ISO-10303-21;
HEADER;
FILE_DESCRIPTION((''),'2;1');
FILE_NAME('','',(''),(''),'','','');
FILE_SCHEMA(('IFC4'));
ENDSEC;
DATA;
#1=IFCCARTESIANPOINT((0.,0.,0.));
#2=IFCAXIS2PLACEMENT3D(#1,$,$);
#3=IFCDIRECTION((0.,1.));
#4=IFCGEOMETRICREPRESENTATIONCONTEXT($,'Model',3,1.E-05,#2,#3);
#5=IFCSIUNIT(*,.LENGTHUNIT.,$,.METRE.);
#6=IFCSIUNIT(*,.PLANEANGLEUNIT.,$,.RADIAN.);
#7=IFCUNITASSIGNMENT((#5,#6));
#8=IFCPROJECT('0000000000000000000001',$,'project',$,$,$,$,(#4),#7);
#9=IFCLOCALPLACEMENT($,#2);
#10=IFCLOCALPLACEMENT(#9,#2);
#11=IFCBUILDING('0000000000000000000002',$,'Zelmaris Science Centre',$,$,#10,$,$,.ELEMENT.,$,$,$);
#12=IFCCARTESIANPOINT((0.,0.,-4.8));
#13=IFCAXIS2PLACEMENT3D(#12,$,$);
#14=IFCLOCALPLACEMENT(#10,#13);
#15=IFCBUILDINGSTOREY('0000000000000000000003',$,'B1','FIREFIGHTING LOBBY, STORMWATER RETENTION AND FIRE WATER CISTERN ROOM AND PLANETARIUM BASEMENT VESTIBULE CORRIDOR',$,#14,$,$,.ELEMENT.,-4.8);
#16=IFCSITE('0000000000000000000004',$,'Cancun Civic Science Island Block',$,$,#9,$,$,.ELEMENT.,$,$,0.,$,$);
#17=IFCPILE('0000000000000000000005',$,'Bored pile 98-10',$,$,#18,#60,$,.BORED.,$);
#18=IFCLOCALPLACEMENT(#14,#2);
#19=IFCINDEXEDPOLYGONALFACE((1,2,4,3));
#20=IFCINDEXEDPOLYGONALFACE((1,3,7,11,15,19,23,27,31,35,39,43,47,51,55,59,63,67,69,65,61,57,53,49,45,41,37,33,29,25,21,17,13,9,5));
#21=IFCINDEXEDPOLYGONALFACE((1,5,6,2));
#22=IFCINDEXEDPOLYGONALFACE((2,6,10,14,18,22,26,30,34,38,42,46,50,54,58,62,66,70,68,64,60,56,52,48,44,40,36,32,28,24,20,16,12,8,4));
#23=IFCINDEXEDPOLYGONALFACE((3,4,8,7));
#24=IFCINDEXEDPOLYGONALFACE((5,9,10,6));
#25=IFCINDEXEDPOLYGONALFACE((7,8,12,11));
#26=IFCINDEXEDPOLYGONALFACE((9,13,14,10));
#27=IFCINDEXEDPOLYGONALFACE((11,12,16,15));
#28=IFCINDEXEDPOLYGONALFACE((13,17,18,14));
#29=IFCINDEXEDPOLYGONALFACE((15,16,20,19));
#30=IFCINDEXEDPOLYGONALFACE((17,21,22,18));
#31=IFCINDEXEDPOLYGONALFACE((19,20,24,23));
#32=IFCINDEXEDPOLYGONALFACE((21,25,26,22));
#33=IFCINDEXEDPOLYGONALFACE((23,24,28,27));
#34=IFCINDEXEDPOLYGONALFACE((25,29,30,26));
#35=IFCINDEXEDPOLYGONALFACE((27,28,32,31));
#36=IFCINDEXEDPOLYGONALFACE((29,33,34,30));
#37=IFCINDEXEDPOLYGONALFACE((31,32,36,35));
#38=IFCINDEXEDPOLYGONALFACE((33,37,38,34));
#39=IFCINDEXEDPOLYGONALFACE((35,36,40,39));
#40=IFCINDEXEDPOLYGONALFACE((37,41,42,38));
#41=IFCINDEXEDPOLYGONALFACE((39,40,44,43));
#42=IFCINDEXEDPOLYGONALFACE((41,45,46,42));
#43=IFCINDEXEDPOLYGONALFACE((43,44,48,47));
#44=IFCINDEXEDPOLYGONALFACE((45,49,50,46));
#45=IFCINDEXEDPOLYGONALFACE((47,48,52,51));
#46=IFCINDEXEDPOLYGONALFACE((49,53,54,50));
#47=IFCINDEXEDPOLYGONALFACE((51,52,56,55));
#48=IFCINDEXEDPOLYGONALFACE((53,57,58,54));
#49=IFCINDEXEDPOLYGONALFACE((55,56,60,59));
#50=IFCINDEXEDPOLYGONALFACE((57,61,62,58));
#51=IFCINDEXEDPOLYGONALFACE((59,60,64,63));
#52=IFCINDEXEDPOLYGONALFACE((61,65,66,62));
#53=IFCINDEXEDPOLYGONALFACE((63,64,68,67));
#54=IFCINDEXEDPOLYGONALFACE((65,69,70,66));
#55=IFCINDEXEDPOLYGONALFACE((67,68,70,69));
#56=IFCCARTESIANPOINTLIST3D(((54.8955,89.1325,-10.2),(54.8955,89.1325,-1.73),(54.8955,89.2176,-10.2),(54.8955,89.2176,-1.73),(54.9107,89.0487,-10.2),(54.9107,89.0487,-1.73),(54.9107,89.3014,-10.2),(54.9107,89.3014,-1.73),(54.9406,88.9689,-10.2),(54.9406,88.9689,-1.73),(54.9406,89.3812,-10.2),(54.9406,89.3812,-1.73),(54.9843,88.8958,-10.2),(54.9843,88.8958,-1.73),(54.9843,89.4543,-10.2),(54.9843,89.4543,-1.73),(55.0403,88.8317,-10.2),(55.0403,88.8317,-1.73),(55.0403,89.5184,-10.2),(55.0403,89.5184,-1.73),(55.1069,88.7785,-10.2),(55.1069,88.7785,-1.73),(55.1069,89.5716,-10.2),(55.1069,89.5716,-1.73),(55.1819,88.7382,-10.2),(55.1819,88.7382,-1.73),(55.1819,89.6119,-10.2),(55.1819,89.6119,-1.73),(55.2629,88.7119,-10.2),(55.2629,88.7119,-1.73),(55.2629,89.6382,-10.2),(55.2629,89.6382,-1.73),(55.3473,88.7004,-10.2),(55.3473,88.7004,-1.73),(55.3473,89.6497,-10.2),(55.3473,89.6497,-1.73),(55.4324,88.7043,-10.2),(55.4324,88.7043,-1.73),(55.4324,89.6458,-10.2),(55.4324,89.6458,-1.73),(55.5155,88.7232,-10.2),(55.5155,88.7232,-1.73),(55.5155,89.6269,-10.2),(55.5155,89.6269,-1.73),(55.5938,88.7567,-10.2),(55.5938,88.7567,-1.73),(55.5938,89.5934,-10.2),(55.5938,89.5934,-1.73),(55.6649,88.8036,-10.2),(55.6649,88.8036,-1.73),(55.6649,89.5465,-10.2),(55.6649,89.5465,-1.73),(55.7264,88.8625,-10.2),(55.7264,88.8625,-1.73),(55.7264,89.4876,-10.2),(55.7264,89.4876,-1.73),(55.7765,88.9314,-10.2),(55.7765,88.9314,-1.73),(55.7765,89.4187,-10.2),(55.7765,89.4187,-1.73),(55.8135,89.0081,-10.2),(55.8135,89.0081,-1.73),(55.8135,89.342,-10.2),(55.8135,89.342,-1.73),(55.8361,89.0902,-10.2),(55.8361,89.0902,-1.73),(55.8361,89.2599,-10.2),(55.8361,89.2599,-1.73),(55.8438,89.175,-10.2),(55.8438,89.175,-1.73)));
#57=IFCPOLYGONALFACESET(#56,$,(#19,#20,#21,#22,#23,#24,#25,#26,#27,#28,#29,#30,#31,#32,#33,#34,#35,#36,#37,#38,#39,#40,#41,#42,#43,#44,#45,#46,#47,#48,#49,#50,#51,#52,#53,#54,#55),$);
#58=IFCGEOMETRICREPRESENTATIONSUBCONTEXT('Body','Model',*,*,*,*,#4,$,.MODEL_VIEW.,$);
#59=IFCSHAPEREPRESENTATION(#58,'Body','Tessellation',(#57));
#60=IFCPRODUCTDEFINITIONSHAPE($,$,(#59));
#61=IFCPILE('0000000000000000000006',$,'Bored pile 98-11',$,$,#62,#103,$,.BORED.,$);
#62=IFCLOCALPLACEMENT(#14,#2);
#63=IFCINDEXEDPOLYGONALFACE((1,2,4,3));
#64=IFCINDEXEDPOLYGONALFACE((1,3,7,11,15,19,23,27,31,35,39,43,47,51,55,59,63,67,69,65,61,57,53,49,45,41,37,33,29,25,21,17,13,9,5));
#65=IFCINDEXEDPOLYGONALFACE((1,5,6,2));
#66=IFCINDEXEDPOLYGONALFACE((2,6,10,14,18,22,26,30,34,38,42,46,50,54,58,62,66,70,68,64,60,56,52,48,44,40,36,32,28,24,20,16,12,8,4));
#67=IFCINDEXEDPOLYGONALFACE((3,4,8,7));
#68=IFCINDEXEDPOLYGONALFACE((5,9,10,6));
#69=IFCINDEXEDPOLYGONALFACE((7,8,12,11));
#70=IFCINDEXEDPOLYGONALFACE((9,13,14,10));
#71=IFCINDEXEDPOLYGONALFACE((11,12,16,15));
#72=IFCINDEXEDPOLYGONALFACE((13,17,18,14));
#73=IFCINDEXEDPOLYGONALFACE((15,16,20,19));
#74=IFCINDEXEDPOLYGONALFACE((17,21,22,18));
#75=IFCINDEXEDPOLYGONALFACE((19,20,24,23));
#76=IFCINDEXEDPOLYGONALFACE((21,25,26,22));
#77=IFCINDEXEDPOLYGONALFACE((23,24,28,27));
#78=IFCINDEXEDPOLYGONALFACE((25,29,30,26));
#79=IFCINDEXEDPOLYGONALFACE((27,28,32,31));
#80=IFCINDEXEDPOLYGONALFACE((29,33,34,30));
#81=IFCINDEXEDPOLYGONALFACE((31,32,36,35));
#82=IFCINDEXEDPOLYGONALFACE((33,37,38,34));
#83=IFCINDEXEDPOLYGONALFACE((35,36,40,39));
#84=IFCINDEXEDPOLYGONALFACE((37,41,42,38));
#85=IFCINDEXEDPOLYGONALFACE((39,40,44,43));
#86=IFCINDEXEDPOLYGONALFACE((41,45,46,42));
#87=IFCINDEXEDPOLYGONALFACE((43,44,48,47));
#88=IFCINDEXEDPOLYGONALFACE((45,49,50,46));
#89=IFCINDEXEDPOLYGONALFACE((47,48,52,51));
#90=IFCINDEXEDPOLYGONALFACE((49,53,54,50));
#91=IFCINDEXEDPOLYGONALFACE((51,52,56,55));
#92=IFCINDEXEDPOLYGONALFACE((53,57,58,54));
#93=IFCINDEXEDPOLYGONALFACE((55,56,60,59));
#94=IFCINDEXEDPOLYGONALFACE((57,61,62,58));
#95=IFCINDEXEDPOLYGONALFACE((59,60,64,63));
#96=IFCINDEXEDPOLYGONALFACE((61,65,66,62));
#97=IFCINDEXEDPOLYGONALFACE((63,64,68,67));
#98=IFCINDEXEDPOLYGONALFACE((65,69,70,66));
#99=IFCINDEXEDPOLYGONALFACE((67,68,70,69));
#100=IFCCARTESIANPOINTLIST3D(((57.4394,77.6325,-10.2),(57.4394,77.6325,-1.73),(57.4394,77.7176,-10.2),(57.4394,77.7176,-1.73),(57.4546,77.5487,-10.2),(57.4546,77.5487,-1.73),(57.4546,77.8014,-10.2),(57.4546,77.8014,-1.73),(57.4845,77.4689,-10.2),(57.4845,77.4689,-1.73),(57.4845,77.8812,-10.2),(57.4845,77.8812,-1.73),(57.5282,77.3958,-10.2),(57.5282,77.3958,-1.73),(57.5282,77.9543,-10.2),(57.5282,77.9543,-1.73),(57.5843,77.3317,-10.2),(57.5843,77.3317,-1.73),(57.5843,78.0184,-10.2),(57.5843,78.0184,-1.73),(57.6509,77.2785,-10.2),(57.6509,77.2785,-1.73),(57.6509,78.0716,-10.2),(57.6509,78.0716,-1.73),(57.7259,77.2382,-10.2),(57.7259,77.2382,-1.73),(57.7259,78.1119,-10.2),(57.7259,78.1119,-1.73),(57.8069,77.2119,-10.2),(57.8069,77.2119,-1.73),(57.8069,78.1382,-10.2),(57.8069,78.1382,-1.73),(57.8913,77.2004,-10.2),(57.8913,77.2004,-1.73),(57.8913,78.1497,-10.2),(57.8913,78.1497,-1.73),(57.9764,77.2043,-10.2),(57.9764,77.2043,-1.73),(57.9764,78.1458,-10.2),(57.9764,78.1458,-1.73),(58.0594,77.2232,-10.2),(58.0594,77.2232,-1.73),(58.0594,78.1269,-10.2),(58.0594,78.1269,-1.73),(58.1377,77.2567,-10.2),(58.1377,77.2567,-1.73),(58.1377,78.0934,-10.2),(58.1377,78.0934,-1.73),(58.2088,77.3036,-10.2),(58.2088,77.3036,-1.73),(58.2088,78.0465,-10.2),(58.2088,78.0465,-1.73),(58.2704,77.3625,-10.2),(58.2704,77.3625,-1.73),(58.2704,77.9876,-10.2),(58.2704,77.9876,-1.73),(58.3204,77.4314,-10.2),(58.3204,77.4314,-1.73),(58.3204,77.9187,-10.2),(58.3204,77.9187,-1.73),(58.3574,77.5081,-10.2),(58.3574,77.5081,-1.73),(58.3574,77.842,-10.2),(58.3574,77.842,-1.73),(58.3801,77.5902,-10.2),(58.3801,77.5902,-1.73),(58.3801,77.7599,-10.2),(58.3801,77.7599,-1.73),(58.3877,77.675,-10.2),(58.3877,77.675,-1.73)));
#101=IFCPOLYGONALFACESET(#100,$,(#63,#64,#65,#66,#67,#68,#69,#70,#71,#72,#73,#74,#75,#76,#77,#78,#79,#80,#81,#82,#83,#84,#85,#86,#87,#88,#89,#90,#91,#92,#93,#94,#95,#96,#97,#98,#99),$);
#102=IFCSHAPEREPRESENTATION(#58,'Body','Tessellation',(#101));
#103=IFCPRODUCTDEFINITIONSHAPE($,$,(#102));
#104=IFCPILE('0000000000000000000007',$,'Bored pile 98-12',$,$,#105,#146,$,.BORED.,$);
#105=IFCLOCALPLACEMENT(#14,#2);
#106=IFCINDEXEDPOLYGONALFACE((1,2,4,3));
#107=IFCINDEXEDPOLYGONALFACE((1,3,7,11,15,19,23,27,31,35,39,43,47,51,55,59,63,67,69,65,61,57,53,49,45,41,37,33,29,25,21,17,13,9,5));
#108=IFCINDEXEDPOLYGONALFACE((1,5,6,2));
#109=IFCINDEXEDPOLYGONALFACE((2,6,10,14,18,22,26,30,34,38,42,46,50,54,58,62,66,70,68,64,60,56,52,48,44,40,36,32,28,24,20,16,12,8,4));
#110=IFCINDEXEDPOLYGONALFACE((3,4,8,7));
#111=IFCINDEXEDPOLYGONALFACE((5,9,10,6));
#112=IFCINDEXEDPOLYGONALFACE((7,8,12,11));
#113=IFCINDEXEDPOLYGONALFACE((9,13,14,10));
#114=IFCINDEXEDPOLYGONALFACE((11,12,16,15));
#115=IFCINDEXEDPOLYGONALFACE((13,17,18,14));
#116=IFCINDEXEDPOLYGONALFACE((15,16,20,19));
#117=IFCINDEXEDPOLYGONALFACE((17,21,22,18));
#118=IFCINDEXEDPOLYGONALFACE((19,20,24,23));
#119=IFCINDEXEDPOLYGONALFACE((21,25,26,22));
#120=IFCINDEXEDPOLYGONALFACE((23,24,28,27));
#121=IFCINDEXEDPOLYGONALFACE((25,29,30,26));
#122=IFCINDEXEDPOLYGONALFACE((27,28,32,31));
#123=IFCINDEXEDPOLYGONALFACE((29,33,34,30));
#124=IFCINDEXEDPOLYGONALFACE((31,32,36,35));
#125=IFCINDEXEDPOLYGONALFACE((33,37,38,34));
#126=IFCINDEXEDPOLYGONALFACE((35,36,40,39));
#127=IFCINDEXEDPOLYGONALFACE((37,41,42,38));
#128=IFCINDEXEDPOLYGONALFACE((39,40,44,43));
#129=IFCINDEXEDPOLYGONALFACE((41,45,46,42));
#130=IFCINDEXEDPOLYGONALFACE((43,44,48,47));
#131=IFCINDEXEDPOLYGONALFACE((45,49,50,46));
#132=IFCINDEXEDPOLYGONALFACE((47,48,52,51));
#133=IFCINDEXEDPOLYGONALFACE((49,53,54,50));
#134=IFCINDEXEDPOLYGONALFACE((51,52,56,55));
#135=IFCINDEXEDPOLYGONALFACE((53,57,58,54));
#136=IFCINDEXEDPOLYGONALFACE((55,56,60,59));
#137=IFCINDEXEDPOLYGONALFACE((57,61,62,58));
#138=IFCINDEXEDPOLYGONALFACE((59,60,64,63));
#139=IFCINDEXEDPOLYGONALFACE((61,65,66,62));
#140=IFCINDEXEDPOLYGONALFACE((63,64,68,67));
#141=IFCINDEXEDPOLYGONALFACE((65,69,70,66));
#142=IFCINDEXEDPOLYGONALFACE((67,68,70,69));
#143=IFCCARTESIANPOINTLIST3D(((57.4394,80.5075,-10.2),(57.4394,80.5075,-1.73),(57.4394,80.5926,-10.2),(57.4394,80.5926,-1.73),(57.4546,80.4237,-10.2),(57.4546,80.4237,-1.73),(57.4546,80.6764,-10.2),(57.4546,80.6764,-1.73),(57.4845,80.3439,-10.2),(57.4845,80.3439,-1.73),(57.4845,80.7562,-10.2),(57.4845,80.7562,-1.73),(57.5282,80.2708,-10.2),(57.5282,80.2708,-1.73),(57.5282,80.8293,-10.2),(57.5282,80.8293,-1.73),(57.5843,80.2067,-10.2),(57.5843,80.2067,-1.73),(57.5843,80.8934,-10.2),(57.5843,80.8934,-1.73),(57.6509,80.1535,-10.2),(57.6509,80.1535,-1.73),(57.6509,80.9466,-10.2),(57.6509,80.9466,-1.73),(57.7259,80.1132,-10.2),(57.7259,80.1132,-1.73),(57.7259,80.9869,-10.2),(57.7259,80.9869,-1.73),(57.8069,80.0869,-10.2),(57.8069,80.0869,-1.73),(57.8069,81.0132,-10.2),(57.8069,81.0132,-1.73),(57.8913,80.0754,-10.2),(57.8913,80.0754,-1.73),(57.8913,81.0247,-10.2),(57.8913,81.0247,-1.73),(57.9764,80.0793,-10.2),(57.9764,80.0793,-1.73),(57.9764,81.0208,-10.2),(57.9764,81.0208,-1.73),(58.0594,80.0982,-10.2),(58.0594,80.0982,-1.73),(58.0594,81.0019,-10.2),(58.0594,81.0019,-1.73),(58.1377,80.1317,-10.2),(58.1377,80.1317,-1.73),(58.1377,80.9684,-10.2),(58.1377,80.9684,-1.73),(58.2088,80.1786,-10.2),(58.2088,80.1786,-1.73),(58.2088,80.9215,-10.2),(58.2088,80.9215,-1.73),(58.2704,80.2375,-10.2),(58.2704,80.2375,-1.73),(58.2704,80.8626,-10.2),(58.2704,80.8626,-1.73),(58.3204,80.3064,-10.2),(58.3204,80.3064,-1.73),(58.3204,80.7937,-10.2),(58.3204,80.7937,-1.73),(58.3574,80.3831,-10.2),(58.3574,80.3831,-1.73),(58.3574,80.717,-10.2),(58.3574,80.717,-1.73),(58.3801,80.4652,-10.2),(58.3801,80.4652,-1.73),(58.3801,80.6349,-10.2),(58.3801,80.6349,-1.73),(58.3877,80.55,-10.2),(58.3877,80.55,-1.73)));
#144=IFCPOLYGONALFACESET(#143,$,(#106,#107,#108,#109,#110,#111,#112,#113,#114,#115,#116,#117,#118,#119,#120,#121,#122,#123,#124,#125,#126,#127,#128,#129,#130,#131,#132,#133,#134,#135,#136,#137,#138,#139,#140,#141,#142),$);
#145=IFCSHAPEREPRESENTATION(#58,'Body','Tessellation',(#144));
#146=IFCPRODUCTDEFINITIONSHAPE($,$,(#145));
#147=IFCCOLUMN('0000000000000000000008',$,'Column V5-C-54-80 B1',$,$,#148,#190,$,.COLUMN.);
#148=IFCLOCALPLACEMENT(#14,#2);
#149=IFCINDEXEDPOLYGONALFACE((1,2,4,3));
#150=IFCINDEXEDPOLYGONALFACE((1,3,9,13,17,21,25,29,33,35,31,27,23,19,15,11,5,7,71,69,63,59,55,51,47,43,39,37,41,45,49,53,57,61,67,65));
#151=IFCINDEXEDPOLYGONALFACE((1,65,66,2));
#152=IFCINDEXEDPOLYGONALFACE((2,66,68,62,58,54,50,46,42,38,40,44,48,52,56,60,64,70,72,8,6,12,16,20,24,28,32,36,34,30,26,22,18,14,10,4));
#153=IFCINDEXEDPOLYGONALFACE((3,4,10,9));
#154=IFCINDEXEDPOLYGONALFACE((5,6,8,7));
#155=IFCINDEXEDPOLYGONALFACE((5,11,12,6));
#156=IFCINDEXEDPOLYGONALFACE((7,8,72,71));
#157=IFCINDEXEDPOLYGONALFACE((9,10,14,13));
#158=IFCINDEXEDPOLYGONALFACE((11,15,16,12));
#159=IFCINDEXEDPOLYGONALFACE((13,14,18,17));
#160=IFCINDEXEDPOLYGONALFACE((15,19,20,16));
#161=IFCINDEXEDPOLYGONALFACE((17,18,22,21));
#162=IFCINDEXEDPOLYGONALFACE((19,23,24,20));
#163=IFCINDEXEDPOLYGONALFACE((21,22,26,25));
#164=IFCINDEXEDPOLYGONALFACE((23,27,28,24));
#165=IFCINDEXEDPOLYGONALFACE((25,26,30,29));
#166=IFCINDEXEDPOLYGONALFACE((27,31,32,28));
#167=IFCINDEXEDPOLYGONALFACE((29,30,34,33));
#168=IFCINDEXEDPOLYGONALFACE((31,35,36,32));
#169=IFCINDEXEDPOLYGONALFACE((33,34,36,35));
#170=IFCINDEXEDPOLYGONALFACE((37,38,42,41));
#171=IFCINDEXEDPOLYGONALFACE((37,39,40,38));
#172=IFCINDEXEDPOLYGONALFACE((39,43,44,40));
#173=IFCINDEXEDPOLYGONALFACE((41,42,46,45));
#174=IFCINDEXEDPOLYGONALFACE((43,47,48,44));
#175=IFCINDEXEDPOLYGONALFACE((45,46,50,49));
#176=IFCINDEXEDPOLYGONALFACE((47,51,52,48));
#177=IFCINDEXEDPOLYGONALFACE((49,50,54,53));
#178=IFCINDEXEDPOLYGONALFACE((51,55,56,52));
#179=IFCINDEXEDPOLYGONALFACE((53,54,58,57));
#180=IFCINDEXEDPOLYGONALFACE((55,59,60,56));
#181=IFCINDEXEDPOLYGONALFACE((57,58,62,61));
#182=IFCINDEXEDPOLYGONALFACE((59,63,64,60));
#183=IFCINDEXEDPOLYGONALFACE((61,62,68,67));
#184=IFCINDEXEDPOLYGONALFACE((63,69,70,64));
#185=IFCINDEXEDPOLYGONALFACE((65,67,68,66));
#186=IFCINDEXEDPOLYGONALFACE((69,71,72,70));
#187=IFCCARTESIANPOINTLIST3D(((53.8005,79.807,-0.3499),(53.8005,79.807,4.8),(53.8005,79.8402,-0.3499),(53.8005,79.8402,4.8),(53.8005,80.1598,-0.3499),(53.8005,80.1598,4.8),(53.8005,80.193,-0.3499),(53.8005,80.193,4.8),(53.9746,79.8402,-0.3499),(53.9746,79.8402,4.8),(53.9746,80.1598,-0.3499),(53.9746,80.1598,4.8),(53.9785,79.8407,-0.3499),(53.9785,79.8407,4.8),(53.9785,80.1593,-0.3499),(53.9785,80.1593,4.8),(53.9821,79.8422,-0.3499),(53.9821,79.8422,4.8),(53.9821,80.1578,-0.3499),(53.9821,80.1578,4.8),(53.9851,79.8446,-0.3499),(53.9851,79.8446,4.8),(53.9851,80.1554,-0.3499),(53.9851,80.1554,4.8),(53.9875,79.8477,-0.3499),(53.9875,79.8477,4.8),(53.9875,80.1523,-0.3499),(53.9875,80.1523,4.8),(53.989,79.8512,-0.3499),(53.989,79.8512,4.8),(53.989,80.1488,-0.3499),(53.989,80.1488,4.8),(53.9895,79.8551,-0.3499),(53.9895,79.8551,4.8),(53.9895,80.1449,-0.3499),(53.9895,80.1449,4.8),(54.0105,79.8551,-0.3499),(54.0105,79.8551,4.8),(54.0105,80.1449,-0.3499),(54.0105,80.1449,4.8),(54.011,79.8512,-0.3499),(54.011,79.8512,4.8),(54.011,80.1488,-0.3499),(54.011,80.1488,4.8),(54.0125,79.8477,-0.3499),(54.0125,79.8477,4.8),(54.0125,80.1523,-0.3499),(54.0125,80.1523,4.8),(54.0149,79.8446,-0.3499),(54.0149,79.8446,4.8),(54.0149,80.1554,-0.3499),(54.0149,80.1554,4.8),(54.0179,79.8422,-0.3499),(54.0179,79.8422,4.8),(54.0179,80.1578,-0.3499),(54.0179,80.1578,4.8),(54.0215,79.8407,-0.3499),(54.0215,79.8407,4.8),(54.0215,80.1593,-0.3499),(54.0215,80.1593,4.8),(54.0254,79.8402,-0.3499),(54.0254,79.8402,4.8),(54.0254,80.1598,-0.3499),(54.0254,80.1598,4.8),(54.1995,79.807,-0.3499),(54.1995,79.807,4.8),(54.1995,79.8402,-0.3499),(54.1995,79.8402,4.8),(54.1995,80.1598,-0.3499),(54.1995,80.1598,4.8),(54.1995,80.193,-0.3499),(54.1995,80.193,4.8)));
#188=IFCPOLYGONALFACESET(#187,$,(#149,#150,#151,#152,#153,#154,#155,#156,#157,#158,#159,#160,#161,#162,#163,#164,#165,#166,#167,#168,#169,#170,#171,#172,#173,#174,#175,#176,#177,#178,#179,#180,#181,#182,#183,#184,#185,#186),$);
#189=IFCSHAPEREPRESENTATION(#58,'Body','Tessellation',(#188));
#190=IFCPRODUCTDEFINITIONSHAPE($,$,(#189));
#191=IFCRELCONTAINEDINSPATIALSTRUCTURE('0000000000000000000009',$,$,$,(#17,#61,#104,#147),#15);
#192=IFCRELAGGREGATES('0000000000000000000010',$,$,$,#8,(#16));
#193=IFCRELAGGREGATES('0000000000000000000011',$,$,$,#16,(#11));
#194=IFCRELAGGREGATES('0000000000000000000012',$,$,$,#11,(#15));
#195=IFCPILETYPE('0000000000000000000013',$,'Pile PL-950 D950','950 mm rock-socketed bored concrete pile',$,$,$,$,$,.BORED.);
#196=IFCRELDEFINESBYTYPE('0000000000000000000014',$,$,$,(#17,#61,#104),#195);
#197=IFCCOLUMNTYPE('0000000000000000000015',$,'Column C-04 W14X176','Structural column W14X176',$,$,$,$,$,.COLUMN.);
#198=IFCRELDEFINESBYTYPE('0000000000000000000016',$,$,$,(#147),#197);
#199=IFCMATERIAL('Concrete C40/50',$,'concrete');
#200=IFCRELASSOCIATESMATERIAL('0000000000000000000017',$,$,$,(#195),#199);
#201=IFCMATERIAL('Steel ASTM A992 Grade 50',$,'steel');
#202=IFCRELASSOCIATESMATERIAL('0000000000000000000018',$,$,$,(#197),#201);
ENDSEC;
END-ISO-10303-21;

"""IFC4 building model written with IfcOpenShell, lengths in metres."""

from ifc_helpers import new_model, si_unit, direction, frame, origin, origin_2d, place, context, subcontext, project, spatial, circle, i_section, extrude, material, material_profile, profile_set, type_object, element, save


model = new_model("IFC4")

# Units and contexts
model_context = context("Model", 3, precision=1e-05, world=origin(), true_north=direction((0.0, 1.0)))
body_context = subcontext(model_context, "Body", "Model", "MODEL_VIEW")
ifc_project = project(units=[si_unit("LENGTHUNIT", "METRE"), si_unit("PLANEANGLEUNIT", "RADIAN")], contexts=[model_context])

# Site, building, storey
site_placement = place(None, origin())
site = spatial("IfcSite", under=ifc_project, at=site_placement, Name="Cancun Civic Science Island Block", CompositionType="ELEMENT", RefElevation=0.0)
building_placement = place(site_placement, origin())
building = spatial("IfcBuilding", under=site, at=building_placement, Name="Zelmaris Science Centre", CompositionType="ELEMENT")
storey_placement = place(building_placement, frame((0.0, 0.0, -4.8)))
storey = spatial("IfcBuildingStorey", under=building, at=storey_placement, Name="B1", Description="FIREFIGHTING LOBBY, STORMWATER RETENTION AND FIRE WATER CISTERN ROOM AND PLANETARIUM BASEMENT VESTIBULE CORRIDOR", CompositionType="ELEMENT", Elevation=-4.8)

# Shared definitions
ifc_material_1 = material(Name="Concrete C40/50", Category="concrete")

# Piles
ifc_material_profile_1 = material_profile(ifc_material_1, circle(Radius=0.4751, at=origin_2d()), Name="PILE-950")
ifc_profile_set_1 = profile_set([ifc_material_profile_1], Name="Concrete C40/50")
pile_type_1 = type_object("IfcPileType", Name="Pile PL-950 D950", Description="950 mm rock-socketed bored concrete pile", PredefinedType="BORED", material=ifc_profile_set_1)
for number, where, z_axis, x_axis, name in (
    (1, (55.3687, 89.175, -1.73), (0.0, 0.0, -1.0), (1.0, 0.0, 0.0), "Bored pile 98-10"),
    (2, (57.9126, 77.675, -1.73), (0.0, 0.0, -1.0), (1.0, 0.0, 0.0), "Bored pile 98-11"),
    (3, (57.9126, 80.55, -1.73), (0.0, 0.0, -1.0), (1.0, 0.0, 0.0), "Bored pile 98-12"),
):
    element("IfcPile", number, at=place(storey_placement, frame(where, z_axis=z_axis, x_axis=x_axis)), inside=storey, type_object=pile_type_1, Name=name, PredefinedType="BORED", context=body_context, shape_type="SweptSolid", body=[
        extrude(circle(Radius=0.4751, at=origin_2d()), origin(), (0.0, 0.0, 1.0), 8.47),
    ])

# Column
ifc_material_2 = material(Name="Steel ASTM A992 Grade 50", Category="steel")
ifc_material_profile_2 = material_profile(ifc_material_2, i_section(OverallWidth=0.3989, OverallDepth=0.386, WebThickness=0.021, FlangeThickness=0.0332, FilletRadius=0.0149, at=origin_2d()), Name="W14X176")
ifc_profile_set_2 = profile_set([ifc_material_profile_2], Name="Steel ASTM A992 Grade 50")
column_type_1 = type_object("IfcColumnType", Name="Column C-04 W14X176", Description="Structural column W14X176", PredefinedType="COLUMN", material=ifc_profile_set_2)
column_1_placement = place(storey_placement, frame((54.0, 80.0, -0.3499), z_axis=(0.0, 0.0, 1.0), x_axis=(1.0, 0.0, 0.0)))
element("IfcColumn", 4, at=column_1_placement, inside=storey, type_object=column_type_1, Name="Column V5-C-54-80 B1", PredefinedType="COLUMN", context=body_context, shape_type="SweptSolid", body=[
    extrude(i_section(OverallWidth=0.3989, OverallDepth=0.386, WebThickness=0.021, FlangeThickness=0.0332, FilletRadius=0.0149, at=origin_2d()), origin(), (0.0, 0.0, 1.0), 5.1499),
])

save(model, "model.ifc")
